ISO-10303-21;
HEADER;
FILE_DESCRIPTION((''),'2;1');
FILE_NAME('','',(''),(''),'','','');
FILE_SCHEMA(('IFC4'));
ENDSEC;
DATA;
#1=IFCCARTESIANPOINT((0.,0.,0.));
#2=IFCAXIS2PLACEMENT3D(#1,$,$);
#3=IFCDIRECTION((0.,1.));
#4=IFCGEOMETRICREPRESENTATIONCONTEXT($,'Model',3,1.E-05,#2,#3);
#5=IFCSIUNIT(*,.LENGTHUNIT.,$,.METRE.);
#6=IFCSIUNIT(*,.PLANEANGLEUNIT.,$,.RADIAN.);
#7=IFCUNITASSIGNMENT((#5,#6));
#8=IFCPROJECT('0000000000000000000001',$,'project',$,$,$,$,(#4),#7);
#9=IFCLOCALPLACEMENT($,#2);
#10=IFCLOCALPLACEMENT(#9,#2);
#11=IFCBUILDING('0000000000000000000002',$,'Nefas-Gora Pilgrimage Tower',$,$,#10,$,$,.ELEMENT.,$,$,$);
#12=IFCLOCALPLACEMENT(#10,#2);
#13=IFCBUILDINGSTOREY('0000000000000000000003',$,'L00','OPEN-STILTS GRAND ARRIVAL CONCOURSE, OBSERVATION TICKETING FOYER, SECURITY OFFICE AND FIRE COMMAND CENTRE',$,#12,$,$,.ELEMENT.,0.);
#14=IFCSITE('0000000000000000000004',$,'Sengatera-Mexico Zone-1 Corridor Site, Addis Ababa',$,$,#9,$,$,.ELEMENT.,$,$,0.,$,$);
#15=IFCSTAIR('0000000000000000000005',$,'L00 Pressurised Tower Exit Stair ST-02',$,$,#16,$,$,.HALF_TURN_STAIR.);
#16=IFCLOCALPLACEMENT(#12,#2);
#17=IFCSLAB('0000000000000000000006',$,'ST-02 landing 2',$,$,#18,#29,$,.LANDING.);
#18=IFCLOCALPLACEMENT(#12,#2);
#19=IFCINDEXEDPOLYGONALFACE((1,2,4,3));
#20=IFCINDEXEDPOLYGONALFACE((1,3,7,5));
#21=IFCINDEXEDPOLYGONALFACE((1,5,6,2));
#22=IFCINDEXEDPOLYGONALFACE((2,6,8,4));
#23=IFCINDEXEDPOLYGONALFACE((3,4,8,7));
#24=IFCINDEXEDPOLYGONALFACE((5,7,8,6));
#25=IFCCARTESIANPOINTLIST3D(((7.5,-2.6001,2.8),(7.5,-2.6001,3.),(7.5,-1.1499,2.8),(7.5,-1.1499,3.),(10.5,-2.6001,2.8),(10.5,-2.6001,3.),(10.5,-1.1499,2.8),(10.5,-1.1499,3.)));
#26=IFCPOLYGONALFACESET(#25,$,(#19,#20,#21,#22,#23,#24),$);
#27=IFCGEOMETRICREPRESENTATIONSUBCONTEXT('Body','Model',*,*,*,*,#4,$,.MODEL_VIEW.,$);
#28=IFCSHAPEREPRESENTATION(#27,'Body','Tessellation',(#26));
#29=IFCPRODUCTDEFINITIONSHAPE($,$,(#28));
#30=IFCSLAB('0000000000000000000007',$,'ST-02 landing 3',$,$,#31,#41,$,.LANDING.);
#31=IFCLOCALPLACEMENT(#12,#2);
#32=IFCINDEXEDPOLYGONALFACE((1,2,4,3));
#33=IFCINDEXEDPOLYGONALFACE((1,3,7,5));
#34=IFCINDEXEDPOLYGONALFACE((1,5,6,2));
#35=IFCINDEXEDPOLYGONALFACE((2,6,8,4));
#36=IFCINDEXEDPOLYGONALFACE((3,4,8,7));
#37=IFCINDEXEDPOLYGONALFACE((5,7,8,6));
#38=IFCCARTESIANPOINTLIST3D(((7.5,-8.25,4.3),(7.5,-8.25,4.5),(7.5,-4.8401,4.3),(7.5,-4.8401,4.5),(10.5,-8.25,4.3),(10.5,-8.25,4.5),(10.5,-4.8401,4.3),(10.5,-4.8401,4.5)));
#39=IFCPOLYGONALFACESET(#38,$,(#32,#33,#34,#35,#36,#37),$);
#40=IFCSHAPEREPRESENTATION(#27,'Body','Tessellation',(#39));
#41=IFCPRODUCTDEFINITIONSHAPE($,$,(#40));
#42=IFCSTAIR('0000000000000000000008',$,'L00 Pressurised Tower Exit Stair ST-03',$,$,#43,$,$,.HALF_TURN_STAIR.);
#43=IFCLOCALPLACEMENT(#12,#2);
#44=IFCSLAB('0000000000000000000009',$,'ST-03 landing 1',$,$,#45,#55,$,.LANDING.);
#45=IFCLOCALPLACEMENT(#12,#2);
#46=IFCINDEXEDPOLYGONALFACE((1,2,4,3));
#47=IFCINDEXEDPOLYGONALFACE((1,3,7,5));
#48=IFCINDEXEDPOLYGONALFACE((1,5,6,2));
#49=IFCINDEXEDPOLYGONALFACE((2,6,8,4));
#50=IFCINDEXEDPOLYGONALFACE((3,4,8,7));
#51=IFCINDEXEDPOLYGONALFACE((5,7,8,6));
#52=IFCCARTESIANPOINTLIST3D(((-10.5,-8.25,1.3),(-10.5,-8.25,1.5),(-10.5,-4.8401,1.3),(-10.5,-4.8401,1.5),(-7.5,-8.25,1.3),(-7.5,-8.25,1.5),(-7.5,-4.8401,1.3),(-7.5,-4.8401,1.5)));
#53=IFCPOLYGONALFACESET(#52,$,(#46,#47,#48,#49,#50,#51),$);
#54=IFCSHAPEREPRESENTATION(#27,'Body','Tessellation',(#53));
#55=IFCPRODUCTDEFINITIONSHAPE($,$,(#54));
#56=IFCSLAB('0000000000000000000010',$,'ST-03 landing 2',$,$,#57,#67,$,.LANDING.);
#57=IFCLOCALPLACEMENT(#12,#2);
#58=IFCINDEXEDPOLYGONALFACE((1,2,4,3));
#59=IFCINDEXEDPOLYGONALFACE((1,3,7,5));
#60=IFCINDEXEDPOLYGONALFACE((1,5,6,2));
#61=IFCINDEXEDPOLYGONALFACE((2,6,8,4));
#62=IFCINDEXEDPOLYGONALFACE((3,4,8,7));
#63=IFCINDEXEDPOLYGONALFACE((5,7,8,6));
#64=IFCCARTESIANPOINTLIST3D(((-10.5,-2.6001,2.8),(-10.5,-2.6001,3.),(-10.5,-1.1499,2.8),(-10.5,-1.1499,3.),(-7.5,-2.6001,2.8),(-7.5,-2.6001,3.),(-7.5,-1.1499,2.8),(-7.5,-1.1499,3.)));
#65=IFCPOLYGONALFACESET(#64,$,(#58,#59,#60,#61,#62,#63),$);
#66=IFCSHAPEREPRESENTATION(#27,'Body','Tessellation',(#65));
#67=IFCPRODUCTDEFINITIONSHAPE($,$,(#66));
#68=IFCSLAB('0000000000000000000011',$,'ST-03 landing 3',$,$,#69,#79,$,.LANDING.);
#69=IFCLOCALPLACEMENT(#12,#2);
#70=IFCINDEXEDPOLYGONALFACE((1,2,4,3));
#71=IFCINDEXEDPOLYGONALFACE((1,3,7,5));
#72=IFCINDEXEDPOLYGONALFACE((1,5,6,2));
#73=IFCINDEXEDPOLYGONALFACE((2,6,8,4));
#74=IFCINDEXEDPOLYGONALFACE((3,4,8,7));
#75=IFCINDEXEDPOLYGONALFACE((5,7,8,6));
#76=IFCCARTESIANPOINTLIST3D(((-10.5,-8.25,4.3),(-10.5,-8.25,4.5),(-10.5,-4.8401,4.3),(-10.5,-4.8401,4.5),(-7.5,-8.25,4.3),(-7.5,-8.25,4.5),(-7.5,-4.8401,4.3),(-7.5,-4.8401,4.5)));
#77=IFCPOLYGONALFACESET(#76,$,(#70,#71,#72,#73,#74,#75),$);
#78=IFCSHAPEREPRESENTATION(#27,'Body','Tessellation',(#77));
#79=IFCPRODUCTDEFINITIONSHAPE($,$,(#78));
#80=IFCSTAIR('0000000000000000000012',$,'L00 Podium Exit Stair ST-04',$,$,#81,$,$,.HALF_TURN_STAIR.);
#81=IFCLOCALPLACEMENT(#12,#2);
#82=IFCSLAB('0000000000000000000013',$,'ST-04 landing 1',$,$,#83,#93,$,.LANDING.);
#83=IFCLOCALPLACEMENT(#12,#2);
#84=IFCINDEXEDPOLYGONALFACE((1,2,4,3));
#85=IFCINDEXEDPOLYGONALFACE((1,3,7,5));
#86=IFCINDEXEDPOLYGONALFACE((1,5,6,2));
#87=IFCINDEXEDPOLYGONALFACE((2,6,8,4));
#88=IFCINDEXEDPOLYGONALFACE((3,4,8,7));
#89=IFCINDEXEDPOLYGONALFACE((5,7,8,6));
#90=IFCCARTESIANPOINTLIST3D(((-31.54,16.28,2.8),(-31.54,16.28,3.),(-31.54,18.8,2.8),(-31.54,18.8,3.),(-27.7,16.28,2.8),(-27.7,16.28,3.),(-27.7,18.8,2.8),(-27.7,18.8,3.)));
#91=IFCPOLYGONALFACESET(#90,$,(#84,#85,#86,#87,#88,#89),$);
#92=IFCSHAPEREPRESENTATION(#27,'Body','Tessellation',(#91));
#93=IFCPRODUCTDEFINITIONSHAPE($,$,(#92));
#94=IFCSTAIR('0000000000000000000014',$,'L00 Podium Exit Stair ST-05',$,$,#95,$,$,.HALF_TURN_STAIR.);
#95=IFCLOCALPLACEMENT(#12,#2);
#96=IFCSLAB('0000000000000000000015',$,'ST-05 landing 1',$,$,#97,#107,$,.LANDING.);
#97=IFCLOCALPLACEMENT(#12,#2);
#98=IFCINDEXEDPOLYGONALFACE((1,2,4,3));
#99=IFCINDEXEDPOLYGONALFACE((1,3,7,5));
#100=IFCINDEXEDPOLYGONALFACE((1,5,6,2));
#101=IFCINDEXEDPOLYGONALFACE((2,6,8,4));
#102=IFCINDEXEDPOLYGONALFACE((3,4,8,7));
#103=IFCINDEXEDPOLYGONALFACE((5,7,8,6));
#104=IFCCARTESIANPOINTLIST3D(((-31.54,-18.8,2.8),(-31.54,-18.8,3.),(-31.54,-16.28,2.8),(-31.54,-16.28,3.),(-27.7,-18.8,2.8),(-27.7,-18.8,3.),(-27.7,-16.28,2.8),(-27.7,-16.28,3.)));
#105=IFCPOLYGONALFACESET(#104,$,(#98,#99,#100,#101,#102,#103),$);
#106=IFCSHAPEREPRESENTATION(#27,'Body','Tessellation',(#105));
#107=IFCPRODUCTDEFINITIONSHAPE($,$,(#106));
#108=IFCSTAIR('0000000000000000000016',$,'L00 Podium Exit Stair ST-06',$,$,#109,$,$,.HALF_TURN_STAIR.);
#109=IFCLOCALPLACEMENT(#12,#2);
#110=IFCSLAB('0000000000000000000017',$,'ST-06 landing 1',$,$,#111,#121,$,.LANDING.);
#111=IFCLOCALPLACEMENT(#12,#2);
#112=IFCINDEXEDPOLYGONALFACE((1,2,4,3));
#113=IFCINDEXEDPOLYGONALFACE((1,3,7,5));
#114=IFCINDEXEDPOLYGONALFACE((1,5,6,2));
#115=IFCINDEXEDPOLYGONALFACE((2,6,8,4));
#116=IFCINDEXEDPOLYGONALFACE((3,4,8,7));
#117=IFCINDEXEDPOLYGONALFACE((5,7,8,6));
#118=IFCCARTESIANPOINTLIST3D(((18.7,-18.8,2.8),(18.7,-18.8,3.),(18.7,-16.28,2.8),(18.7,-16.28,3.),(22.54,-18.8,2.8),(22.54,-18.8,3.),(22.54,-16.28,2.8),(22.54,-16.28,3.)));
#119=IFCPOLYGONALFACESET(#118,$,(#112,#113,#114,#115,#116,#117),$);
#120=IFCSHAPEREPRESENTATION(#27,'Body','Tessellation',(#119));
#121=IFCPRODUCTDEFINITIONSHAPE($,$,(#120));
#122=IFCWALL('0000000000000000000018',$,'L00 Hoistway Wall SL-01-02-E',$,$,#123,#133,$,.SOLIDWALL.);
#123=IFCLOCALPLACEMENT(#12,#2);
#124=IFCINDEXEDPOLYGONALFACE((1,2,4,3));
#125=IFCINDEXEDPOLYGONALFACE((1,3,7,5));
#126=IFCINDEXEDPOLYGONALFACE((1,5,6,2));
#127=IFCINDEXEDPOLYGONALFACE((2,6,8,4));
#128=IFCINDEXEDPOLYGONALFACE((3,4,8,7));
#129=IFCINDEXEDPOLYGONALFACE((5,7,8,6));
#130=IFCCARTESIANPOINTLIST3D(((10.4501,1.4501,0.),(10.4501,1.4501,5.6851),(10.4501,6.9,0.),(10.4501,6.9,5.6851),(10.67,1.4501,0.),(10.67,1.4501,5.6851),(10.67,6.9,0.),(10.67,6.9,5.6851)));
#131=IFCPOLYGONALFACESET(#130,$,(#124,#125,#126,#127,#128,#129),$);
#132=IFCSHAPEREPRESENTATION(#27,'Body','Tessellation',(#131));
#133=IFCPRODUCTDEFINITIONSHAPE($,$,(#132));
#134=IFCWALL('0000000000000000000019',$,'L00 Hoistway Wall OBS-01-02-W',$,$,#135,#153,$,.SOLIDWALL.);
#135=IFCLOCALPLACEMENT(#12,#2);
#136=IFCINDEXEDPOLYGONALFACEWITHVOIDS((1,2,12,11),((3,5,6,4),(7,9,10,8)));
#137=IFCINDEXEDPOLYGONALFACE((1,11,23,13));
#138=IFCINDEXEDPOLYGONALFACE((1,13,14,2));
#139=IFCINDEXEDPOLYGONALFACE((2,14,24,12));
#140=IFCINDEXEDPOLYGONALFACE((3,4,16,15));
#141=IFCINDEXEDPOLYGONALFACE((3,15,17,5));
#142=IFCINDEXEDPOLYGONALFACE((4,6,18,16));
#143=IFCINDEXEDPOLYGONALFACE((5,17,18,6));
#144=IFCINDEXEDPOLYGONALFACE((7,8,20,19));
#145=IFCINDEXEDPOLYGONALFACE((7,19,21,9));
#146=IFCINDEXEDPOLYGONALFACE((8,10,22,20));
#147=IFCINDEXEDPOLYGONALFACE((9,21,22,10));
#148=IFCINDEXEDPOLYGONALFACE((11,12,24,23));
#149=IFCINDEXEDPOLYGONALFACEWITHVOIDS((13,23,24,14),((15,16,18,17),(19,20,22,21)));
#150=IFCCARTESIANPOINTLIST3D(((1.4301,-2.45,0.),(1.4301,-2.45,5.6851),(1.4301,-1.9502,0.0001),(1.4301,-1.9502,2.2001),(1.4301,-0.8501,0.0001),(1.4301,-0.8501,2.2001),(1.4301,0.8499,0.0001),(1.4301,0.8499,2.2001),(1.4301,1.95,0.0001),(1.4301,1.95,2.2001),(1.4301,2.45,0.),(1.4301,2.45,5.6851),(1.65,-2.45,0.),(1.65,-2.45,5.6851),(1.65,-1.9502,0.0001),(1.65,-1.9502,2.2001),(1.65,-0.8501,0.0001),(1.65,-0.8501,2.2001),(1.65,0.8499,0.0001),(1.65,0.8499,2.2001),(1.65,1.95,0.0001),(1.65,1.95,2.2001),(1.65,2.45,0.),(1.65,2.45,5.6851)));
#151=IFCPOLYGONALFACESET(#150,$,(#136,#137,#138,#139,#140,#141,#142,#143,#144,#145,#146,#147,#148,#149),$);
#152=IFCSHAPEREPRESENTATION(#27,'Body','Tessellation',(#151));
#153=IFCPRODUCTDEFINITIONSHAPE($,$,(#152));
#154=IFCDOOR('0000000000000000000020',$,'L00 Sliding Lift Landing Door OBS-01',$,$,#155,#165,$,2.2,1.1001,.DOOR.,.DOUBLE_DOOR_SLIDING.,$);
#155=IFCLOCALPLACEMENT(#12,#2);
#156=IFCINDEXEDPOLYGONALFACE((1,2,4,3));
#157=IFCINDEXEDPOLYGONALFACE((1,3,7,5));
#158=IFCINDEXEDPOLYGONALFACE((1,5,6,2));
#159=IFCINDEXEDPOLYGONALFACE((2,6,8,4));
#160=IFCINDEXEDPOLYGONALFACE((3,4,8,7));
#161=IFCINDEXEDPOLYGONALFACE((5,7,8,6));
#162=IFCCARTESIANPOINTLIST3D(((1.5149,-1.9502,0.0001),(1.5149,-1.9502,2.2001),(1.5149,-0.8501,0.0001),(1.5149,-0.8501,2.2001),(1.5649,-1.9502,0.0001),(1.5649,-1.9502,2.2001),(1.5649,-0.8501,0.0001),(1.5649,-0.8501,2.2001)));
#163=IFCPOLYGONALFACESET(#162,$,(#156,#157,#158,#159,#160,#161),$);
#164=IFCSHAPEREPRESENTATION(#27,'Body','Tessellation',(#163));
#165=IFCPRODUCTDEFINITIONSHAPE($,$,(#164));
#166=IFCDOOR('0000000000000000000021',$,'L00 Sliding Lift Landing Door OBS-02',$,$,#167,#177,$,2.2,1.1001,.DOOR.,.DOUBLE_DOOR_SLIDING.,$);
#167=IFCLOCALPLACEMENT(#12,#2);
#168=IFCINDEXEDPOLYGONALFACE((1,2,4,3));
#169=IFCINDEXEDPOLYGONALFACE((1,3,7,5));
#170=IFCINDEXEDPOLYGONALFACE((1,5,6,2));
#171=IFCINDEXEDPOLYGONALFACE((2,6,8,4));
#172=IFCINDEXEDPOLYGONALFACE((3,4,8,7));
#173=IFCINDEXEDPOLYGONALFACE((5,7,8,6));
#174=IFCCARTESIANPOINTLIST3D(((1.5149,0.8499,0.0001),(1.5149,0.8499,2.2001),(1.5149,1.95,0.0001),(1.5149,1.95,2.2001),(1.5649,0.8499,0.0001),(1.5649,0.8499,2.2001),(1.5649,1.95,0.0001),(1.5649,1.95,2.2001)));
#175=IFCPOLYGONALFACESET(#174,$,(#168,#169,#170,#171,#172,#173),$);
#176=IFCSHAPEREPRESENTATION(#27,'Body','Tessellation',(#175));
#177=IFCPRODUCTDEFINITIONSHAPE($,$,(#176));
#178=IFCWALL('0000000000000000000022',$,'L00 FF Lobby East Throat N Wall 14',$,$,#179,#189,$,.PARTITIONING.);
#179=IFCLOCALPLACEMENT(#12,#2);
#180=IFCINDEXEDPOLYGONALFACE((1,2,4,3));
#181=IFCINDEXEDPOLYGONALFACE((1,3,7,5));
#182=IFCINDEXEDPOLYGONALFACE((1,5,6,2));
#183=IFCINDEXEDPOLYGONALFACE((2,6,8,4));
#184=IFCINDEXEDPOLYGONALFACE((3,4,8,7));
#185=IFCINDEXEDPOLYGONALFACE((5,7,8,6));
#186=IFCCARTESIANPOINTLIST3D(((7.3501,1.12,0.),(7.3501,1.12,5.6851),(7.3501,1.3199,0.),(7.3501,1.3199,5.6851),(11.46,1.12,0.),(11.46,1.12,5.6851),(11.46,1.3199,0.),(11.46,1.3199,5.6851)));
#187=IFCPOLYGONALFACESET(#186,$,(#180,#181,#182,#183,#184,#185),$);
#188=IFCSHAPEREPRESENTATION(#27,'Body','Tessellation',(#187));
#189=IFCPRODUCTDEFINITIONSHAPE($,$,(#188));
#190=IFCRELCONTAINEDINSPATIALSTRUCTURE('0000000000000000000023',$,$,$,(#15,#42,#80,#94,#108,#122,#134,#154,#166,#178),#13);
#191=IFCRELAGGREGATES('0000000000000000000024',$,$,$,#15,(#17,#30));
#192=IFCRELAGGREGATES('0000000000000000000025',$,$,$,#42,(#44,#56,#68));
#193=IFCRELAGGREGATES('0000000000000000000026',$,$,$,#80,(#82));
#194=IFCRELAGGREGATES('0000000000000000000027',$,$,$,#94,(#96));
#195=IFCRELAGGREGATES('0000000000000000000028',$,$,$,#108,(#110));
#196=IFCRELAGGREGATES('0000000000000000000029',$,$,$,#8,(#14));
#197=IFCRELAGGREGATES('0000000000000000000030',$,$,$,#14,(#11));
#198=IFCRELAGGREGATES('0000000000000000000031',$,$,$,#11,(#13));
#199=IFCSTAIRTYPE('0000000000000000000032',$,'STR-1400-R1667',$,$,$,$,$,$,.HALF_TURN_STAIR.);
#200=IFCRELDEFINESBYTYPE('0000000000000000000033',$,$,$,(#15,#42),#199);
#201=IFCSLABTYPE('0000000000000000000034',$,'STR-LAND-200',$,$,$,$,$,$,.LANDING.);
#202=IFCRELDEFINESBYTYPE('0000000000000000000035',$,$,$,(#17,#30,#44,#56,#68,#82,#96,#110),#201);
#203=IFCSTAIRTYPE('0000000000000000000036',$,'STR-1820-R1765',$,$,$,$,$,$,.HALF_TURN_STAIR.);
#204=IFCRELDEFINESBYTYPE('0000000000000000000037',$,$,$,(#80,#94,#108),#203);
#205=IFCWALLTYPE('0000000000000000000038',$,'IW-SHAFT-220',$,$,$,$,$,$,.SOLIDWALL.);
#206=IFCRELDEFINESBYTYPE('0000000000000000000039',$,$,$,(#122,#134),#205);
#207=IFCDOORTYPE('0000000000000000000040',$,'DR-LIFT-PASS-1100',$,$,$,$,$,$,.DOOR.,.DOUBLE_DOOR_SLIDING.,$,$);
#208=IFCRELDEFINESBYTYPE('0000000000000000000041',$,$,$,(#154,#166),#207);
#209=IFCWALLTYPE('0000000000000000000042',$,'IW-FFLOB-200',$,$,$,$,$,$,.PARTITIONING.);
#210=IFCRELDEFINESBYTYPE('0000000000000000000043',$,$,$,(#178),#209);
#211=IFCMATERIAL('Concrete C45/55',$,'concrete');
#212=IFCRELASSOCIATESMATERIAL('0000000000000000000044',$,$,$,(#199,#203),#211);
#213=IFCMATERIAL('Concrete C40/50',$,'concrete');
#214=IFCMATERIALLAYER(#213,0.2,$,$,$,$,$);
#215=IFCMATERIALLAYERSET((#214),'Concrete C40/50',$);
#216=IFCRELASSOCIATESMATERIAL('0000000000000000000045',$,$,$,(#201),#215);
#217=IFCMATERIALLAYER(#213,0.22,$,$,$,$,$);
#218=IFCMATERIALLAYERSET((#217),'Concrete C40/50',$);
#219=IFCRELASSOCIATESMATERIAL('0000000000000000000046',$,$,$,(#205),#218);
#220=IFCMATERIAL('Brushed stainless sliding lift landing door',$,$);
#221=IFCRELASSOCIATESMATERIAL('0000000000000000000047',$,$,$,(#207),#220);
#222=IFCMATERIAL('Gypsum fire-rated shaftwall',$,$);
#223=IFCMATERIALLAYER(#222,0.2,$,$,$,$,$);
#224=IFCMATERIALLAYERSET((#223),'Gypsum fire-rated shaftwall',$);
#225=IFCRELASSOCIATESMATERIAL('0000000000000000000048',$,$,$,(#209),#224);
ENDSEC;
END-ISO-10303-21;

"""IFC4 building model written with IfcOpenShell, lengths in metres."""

from ifc_helpers import new_model, si_unit, direction, frame, frame_2d, origin, place, context, subcontext, project, spatial, polyline, rectangle, outline, extrude, source, transform, mapped, material, layer, layer_set, type_object, element, fill, aggregate, save


model = new_model("IFC4")

# Units and contexts
model_context = context("Model", 3, precision=1e-05, world=origin(), true_north=direction((0.0, 1.0)))
body_context = subcontext(model_context, "Body", "Model", "MODEL_VIEW")
ifc_project = project(units=[si_unit("LENGTHUNIT", "METRE"), si_unit("PLANEANGLEUNIT", "RADIAN")], contexts=[model_context])

# Site, building, storey
site_placement = place(None, origin())
site = spatial("IfcSite", under=ifc_project, at=site_placement, Name="Sengatera-Mexico Zone-1 Corridor Site, Addis Ababa", CompositionType="ELEMENT", RefElevation=0.0)
building_placement = place(site_placement, origin())
building = spatial("IfcBuilding", under=site, at=building_placement, Name="Nefas-Gora Pilgrimage Tower", CompositionType="ELEMENT")
storey_placement = place(building_placement, origin())
storey = spatial("IfcBuildingStorey", under=building, at=storey_placement, Name="L00", Description="OPEN-STILTS GRAND ARRIVAL CONCOURSE, OBSERVATION TICKETING FOYER, SECURITY OFFICE AND FIRE COMMAND CENTRE", CompositionType="ELEMENT", Elevation=0.0)

# Shared definitions
ifc_material_1 = material(Name="Concrete C40/50", Category="concrete")
ifc_material_2 = material(Name="Concrete C45/55", Category="concrete")

# Stairs, slabs
stair_type_1 = type_object("IfcStairType", Name="STR-1400-R1667", PredefinedType="HALF_TURN_STAIR", material=ifc_material_2)
ifc_layer_1 = layer(ifc_material_1, 0.2)
ifc_layer_set_1 = layer_set([ifc_layer_1], Name="Concrete C40/50")
slab_type_1 = type_object("IfcSlabType", Name="STR-LAND-200", PredefinedType="LANDING", material=ifc_layer_set_1)
stair_1_placement = place(storey_placement, origin())
stair_1 = element("IfcStair", 1, at=stair_1_placement, inside=storey, type_object=stair_type_1, Name="L00 Pressurised Tower Exit Stair ST-02", PredefinedType="HALF_TURN_STAIR")
slab_1_placement = place(storey_placement, frame((0.0, 0.0, 2.8)))
slab_1 = element("IfcSlab", 2, at=slab_1_placement, type_object=slab_type_1, Name="ST-02 landing 2", PredefinedType="LANDING", context=body_context, shape_type="SweptSolid", body=[
    extrude(outline(polyline([(7.5, -1.1499), (7.5, -2.6001), (10.5, -2.6001), (10.5, -1.1499), (7.5, -1.1499)])), origin(), (0.0, 0.0, 1.0), 0.2),
])
slab_2_placement = place(storey_placement, frame((0.0, 0.0, 4.3)))
slab_2 = element("IfcSlab", 3, at=slab_2_placement, type_object=slab_type_1, Name="ST-02 landing 3", PredefinedType="LANDING", context=body_context, shape_type="SweptSolid", body=[
    extrude(outline(polyline([(7.5, -4.8401), (7.5, -8.25), (10.5, -8.25), (10.5, -4.8401), (7.5, -4.8401)])), origin(), (0.0, 0.0, 1.0), 0.2),
])
aggregate(stair_1, [slab_1, slab_2])
stair_2_placement = place(storey_placement, origin())
stair_2 = element("IfcStair", 4, at=stair_2_placement, inside=storey, type_object=stair_type_1, Name="L00 Pressurised Tower Exit Stair ST-03", PredefinedType="HALF_TURN_STAIR")
slab_3_placement = place(storey_placement, frame((0.0, 0.0, 1.3)))
slab_3 = element("IfcSlab", 5, at=slab_3_placement, type_object=slab_type_1, Name="ST-03 landing 1", PredefinedType="LANDING", context=body_context, shape_type="SweptSolid", body=[
    extrude(outline(polyline([(-10.5, -4.8401), (-10.5, -8.25), (-7.5, -8.25), (-7.5, -4.8401), (-10.5, -4.8401)])), origin(), (0.0, 0.0, 1.0), 0.2),
])
slab_4_placement = place(storey_placement, frame((0.0, 0.0, 2.8)))
slab_4 = element("IfcSlab", 6, at=slab_4_placement, type_object=slab_type_1, Name="ST-03 landing 2", PredefinedType="LANDING", context=body_context, shape_type="SweptSolid", body=[
    extrude(outline(polyline([(-10.5, -1.1499), (-10.5, -2.6001), (-7.5, -2.6001), (-7.5, -1.1499), (-10.5, -1.1499)])), origin(), (0.0, 0.0, 1.0), 0.2),
])
slab_5_placement = place(storey_placement, frame((0.0, 0.0, 4.3)))
slab_5 = element("IfcSlab", 7, at=slab_5_placement, type_object=slab_type_1, Name="ST-03 landing 3", PredefinedType="LANDING", context=body_context, shape_type="SweptSolid", body=[
    extrude(outline(polyline([(-10.5, -4.8401), (-10.5, -8.25), (-7.5, -8.25), (-7.5, -4.8401), (-10.5, -4.8401)])), origin(), (0.0, 0.0, 1.0), 0.2),
])
aggregate(stair_2, [slab_3, slab_4, slab_5])

# Stairs, slabs
stair_type_2 = type_object("IfcStairType", Name="STR-1820-R1765", PredefinedType="HALF_TURN_STAIR", material=ifc_material_2)
stair_3_placement = place(storey_placement, origin())
stair_3 = element("IfcStair", 8, at=stair_3_placement, inside=storey, type_object=stair_type_2, Name="L00 Podium Exit Stair ST-04", PredefinedType="HALF_TURN_STAIR")
slab_6_placement = place(storey_placement, frame((0.0, 0.0, 2.8)))
slab_6 = element("IfcSlab", 9, at=slab_6_placement, type_object=slab_type_1, Name="ST-04 landing 1", PredefinedType="LANDING", context=body_context, shape_type="SweptSolid", body=[
    extrude(outline(polyline([(-27.7, 16.28), (-27.7, 18.8), (-31.54, 18.8), (-31.54, 16.28), (-27.7, 16.28)])), origin(), (0.0, 0.0, 1.0), 0.2),
])
aggregate(stair_3, [slab_6])
stair_4_placement = place(storey_placement, origin())
stair_4 = element("IfcStair", 10, at=stair_4_placement, inside=storey, type_object=stair_type_2, Name="L00 Podium Exit Stair ST-05", PredefinedType="HALF_TURN_STAIR")
slab_7_placement = place(storey_placement, frame((0.0, 0.0, 2.8)))
slab_7 = element("IfcSlab", 11, at=slab_7_placement, type_object=slab_type_1, Name="ST-05 landing 1", PredefinedType="LANDING", context=body_context, shape_type="SweptSolid", body=[
    extrude(outline(polyline([(-31.54, -16.28), (-31.54, -18.8), (-27.7, -18.8), (-27.7, -16.28), (-31.54, -16.28)])), origin(), (0.0, 0.0, 1.0), 0.2),
])
aggregate(stair_4, [slab_7])
stair_5_placement = place(storey_placement, origin())
stair_5 = element("IfcStair", 12, at=stair_5_placement, inside=storey, type_object=stair_type_2, Name="L00 Podium Exit Stair ST-06", PredefinedType="HALF_TURN_STAIR")
slab_8_placement = place(storey_placement, frame((0.0, 0.0, 2.8)))
slab_8 = element("IfcSlab", 13, at=slab_8_placement, type_object=slab_type_1, Name="ST-06 landing 1", PredefinedType="LANDING", context=body_context, shape_type="SweptSolid", body=[
    extrude(outline(polyline([(18.7, -16.28), (18.7, -18.8), (22.54, -18.8), (22.54, -16.28), (18.7, -16.28)])), origin(), (0.0, 0.0, 1.0), 0.2),
])
aggregate(stair_5, [slab_8])

# Wall
ifc_layer_2 = layer(ifc_material_1, 0.22)
ifc_layer_set_2 = layer_set([ifc_layer_2], Name="Concrete C40/50")
wall_type_1 = type_object("IfcWallType", Name="IW-SHAFT-220", PredefinedType="SOLIDWALL", material=ifc_layer_set_2)
shared_shape_1 = source(origin(), body_context, "Body", "SweptSolid", [
    extrude(rectangle(XDim=5.45, YDim=0.22, at=frame_2d((2.7251, 0.0))), origin(), (0.0, 0.0, 1.0), 5.6851),
])
wall_1_placement = place(storey_placement, frame((10.5601, 1.45, 0.0), z_axis=(0.0, 0.0, 1.0), x_axis=(0.0, 1.0, 0.0)))
element("IfcWall", 14, at=wall_1_placement, inside=storey, type_object=wall_type_1, Name="L00 Hoistway Wall SL-01-02-E", PredefinedType="SOLIDWALL", context=body_context, shape_type="MappedRepresentation", body=[
    mapped(shared_shape_1, transform((0.0, 0.0, 0.0), x_axis=(1.0, 0.0, 0.0), y_axis=(0.0, 1.0, 0.0), z_axis=(0.0, 0.0, 1.0), scale=1.0)),
])

# Wall, openings, doors
shared_shape_2 = source(origin(), body_context, "Body", "SweptSolid", [
    extrude(rectangle(XDim=4.8999, YDim=0.22, at=frame_2d((2.45, 0.0))), origin(), (0.0, 0.0, 1.0), 5.6851),
])
wall_2_placement = place(storey_placement, frame((1.54, 2.45, 0.0), z_axis=(0.0, 0.0, 1.0), x_axis=(0.0, -1.0, 0.0)))
wall_2 = element("IfcWall", 15, at=wall_2_placement, inside=storey, type_object=wall_type_1, Name="L00 Hoistway Wall OBS-01-02-W", PredefinedType="SOLIDWALL", context=body_context, shape_type="MappedRepresentation", body=[
    mapped(shared_shape_2, transform((0.0, 0.0, 0.0), x_axis=(1.0, 0.0, 0.0), y_axis=(0.0, 1.0, 0.0), z_axis=(0.0, 0.0, 1.0), scale=1.0)),
])
opening_1_placement = place(wall_2_placement, frame((3.3, 0.0, 0.0)))
opening_1 = element("IfcOpeningElement", 16, at=opening_1_placement, cuts=wall_2, PredefinedType="OPENING", context=body_context, shape_type="SweptSolid", body=[
    extrude(rectangle(XDim=1.1001, YDim=2.2, at=frame_2d((0.55, 1.1001))), frame((0.0, 0.1199, 0.0), z_axis=(0.0, -1.0, 0.0), x_axis=(1.0, 0.0, 0.0)), (0.0, 0.0, 1.0), 0.24),
])
opening_2_placement = place(wall_2_placement, frame((0.5, 0.0, 0.0)))
opening_2 = element("IfcOpeningElement", 17, at=opening_2_placement, cuts=wall_2, PredefinedType="OPENING", context=body_context, shape_type="SweptSolid", body=[
    extrude(rectangle(XDim=1.1001, YDim=2.2, at=frame_2d((0.55, 1.1001))), frame((0.0, 0.1199, 0.0), z_axis=(0.0, -1.0, 0.0), x_axis=(1.0, 0.0, 0.0)), (0.0, 0.0, 1.0), 0.24),
])
ifc_material_3 = material(Name="Brushed stainless sliding lift landing door")
door_type = type_object("IfcDoorType", Name="DR-LIFT-PASS-1100", OperationType="DOUBLE_DOOR_SLIDING", PredefinedType="DOOR", material=ifc_material_3)
shared_shape_3 = source(origin(), body_context, "Body", "SweptSolid", [
    extrude(rectangle(XDim=1.1001, YDim=2.2, at=frame_2d((0.55, 1.1001))), frame((0.0, 0.0249, 0.0), z_axis=(0.0, -1.0, 0.0), x_axis=(1.0, 0.0, 0.0)), (0.0, 0.0, 1.0), 0.05),
])
door_1_placement = place(opening_1_placement, origin())
door_1 = element("IfcDoor", 18, at=door_1_placement, inside=storey, type_object=door_type, Name="L00 Sliding Lift Landing Door OBS-01", OperationType="DOUBLE_DOOR_SLIDING", OverallHeight=2.2, OverallWidth=1.1001, PredefinedType="DOOR", context=body_context, shape_type="MappedRepresentation", body=[
    mapped(shared_shape_3, transform((0.0, 0.0, 0.0), x_axis=(1.0, 0.0, 0.0), y_axis=(0.0, 1.0, 0.0), z_axis=(0.0, 0.0, 1.0), scale=1.0)),
])
fill(opening_1, door_1)
door_2_placement = place(opening_2_placement, origin())
door_2 = element("IfcDoor", 19, at=door_2_placement, inside=storey, type_object=door_type, Name="L00 Sliding Lift Landing Door OBS-02", OperationType="DOUBLE_DOOR_SLIDING", OverallHeight=2.2, OverallWidth=1.1001, PredefinedType="DOOR", context=body_context, shape_type="MappedRepresentation", body=[
    mapped(shared_shape_3, transform((0.0, 0.0, 0.0), x_axis=(1.0, 0.0, 0.0), y_axis=(0.0, 1.0, 0.0), z_axis=(0.0, 0.0, 1.0), scale=1.0)),
])
fill(opening_2, door_2)

# Wall
ifc_material_4 = material(Name="Gypsum fire-rated shaftwall")
ifc_layer_3 = layer(ifc_material_4, 0.2)
ifc_layer_set_3 = layer_set([ifc_layer_3], Name="Gypsum fire-rated shaftwall")
wall_type_2 = type_object("IfcWallType", Name="IW-FFLOB-200", PredefinedType="PARTITIONING", material=ifc_layer_set_3)
shared_shape_4 = source(origin(), body_context, "Body", "SweptSolid", [
    extrude(rectangle(XDim=4.1099, YDim=0.2, at=frame_2d((2.0549, 0.0))), origin(), (0.0, 0.0, 1.0), 5.6851),
])
wall_3_placement = place(storey_placement, frame((7.3501, 1.22, 0.0), z_axis=(0.0, 0.0, 1.0), x_axis=(1.0, 0.0, 0.0)))
element("IfcWall", 20, at=wall_3_placement, inside=storey, type_object=wall_type_2, Name="L00 FF Lobby East Throat N Wall 14", PredefinedType="PARTITIONING", context=body_context, shape_type="MappedRepresentation", body=[
    mapped(shared_shape_4, transform((0.0, 0.0, 0.0), x_axis=(1.0, 0.0, 0.0), y_axis=(0.0, 1.0, 0.0), z_axis=(0.0, 0.0, 1.0), scale=1.0)),
])

save(model, "model.ifc")
